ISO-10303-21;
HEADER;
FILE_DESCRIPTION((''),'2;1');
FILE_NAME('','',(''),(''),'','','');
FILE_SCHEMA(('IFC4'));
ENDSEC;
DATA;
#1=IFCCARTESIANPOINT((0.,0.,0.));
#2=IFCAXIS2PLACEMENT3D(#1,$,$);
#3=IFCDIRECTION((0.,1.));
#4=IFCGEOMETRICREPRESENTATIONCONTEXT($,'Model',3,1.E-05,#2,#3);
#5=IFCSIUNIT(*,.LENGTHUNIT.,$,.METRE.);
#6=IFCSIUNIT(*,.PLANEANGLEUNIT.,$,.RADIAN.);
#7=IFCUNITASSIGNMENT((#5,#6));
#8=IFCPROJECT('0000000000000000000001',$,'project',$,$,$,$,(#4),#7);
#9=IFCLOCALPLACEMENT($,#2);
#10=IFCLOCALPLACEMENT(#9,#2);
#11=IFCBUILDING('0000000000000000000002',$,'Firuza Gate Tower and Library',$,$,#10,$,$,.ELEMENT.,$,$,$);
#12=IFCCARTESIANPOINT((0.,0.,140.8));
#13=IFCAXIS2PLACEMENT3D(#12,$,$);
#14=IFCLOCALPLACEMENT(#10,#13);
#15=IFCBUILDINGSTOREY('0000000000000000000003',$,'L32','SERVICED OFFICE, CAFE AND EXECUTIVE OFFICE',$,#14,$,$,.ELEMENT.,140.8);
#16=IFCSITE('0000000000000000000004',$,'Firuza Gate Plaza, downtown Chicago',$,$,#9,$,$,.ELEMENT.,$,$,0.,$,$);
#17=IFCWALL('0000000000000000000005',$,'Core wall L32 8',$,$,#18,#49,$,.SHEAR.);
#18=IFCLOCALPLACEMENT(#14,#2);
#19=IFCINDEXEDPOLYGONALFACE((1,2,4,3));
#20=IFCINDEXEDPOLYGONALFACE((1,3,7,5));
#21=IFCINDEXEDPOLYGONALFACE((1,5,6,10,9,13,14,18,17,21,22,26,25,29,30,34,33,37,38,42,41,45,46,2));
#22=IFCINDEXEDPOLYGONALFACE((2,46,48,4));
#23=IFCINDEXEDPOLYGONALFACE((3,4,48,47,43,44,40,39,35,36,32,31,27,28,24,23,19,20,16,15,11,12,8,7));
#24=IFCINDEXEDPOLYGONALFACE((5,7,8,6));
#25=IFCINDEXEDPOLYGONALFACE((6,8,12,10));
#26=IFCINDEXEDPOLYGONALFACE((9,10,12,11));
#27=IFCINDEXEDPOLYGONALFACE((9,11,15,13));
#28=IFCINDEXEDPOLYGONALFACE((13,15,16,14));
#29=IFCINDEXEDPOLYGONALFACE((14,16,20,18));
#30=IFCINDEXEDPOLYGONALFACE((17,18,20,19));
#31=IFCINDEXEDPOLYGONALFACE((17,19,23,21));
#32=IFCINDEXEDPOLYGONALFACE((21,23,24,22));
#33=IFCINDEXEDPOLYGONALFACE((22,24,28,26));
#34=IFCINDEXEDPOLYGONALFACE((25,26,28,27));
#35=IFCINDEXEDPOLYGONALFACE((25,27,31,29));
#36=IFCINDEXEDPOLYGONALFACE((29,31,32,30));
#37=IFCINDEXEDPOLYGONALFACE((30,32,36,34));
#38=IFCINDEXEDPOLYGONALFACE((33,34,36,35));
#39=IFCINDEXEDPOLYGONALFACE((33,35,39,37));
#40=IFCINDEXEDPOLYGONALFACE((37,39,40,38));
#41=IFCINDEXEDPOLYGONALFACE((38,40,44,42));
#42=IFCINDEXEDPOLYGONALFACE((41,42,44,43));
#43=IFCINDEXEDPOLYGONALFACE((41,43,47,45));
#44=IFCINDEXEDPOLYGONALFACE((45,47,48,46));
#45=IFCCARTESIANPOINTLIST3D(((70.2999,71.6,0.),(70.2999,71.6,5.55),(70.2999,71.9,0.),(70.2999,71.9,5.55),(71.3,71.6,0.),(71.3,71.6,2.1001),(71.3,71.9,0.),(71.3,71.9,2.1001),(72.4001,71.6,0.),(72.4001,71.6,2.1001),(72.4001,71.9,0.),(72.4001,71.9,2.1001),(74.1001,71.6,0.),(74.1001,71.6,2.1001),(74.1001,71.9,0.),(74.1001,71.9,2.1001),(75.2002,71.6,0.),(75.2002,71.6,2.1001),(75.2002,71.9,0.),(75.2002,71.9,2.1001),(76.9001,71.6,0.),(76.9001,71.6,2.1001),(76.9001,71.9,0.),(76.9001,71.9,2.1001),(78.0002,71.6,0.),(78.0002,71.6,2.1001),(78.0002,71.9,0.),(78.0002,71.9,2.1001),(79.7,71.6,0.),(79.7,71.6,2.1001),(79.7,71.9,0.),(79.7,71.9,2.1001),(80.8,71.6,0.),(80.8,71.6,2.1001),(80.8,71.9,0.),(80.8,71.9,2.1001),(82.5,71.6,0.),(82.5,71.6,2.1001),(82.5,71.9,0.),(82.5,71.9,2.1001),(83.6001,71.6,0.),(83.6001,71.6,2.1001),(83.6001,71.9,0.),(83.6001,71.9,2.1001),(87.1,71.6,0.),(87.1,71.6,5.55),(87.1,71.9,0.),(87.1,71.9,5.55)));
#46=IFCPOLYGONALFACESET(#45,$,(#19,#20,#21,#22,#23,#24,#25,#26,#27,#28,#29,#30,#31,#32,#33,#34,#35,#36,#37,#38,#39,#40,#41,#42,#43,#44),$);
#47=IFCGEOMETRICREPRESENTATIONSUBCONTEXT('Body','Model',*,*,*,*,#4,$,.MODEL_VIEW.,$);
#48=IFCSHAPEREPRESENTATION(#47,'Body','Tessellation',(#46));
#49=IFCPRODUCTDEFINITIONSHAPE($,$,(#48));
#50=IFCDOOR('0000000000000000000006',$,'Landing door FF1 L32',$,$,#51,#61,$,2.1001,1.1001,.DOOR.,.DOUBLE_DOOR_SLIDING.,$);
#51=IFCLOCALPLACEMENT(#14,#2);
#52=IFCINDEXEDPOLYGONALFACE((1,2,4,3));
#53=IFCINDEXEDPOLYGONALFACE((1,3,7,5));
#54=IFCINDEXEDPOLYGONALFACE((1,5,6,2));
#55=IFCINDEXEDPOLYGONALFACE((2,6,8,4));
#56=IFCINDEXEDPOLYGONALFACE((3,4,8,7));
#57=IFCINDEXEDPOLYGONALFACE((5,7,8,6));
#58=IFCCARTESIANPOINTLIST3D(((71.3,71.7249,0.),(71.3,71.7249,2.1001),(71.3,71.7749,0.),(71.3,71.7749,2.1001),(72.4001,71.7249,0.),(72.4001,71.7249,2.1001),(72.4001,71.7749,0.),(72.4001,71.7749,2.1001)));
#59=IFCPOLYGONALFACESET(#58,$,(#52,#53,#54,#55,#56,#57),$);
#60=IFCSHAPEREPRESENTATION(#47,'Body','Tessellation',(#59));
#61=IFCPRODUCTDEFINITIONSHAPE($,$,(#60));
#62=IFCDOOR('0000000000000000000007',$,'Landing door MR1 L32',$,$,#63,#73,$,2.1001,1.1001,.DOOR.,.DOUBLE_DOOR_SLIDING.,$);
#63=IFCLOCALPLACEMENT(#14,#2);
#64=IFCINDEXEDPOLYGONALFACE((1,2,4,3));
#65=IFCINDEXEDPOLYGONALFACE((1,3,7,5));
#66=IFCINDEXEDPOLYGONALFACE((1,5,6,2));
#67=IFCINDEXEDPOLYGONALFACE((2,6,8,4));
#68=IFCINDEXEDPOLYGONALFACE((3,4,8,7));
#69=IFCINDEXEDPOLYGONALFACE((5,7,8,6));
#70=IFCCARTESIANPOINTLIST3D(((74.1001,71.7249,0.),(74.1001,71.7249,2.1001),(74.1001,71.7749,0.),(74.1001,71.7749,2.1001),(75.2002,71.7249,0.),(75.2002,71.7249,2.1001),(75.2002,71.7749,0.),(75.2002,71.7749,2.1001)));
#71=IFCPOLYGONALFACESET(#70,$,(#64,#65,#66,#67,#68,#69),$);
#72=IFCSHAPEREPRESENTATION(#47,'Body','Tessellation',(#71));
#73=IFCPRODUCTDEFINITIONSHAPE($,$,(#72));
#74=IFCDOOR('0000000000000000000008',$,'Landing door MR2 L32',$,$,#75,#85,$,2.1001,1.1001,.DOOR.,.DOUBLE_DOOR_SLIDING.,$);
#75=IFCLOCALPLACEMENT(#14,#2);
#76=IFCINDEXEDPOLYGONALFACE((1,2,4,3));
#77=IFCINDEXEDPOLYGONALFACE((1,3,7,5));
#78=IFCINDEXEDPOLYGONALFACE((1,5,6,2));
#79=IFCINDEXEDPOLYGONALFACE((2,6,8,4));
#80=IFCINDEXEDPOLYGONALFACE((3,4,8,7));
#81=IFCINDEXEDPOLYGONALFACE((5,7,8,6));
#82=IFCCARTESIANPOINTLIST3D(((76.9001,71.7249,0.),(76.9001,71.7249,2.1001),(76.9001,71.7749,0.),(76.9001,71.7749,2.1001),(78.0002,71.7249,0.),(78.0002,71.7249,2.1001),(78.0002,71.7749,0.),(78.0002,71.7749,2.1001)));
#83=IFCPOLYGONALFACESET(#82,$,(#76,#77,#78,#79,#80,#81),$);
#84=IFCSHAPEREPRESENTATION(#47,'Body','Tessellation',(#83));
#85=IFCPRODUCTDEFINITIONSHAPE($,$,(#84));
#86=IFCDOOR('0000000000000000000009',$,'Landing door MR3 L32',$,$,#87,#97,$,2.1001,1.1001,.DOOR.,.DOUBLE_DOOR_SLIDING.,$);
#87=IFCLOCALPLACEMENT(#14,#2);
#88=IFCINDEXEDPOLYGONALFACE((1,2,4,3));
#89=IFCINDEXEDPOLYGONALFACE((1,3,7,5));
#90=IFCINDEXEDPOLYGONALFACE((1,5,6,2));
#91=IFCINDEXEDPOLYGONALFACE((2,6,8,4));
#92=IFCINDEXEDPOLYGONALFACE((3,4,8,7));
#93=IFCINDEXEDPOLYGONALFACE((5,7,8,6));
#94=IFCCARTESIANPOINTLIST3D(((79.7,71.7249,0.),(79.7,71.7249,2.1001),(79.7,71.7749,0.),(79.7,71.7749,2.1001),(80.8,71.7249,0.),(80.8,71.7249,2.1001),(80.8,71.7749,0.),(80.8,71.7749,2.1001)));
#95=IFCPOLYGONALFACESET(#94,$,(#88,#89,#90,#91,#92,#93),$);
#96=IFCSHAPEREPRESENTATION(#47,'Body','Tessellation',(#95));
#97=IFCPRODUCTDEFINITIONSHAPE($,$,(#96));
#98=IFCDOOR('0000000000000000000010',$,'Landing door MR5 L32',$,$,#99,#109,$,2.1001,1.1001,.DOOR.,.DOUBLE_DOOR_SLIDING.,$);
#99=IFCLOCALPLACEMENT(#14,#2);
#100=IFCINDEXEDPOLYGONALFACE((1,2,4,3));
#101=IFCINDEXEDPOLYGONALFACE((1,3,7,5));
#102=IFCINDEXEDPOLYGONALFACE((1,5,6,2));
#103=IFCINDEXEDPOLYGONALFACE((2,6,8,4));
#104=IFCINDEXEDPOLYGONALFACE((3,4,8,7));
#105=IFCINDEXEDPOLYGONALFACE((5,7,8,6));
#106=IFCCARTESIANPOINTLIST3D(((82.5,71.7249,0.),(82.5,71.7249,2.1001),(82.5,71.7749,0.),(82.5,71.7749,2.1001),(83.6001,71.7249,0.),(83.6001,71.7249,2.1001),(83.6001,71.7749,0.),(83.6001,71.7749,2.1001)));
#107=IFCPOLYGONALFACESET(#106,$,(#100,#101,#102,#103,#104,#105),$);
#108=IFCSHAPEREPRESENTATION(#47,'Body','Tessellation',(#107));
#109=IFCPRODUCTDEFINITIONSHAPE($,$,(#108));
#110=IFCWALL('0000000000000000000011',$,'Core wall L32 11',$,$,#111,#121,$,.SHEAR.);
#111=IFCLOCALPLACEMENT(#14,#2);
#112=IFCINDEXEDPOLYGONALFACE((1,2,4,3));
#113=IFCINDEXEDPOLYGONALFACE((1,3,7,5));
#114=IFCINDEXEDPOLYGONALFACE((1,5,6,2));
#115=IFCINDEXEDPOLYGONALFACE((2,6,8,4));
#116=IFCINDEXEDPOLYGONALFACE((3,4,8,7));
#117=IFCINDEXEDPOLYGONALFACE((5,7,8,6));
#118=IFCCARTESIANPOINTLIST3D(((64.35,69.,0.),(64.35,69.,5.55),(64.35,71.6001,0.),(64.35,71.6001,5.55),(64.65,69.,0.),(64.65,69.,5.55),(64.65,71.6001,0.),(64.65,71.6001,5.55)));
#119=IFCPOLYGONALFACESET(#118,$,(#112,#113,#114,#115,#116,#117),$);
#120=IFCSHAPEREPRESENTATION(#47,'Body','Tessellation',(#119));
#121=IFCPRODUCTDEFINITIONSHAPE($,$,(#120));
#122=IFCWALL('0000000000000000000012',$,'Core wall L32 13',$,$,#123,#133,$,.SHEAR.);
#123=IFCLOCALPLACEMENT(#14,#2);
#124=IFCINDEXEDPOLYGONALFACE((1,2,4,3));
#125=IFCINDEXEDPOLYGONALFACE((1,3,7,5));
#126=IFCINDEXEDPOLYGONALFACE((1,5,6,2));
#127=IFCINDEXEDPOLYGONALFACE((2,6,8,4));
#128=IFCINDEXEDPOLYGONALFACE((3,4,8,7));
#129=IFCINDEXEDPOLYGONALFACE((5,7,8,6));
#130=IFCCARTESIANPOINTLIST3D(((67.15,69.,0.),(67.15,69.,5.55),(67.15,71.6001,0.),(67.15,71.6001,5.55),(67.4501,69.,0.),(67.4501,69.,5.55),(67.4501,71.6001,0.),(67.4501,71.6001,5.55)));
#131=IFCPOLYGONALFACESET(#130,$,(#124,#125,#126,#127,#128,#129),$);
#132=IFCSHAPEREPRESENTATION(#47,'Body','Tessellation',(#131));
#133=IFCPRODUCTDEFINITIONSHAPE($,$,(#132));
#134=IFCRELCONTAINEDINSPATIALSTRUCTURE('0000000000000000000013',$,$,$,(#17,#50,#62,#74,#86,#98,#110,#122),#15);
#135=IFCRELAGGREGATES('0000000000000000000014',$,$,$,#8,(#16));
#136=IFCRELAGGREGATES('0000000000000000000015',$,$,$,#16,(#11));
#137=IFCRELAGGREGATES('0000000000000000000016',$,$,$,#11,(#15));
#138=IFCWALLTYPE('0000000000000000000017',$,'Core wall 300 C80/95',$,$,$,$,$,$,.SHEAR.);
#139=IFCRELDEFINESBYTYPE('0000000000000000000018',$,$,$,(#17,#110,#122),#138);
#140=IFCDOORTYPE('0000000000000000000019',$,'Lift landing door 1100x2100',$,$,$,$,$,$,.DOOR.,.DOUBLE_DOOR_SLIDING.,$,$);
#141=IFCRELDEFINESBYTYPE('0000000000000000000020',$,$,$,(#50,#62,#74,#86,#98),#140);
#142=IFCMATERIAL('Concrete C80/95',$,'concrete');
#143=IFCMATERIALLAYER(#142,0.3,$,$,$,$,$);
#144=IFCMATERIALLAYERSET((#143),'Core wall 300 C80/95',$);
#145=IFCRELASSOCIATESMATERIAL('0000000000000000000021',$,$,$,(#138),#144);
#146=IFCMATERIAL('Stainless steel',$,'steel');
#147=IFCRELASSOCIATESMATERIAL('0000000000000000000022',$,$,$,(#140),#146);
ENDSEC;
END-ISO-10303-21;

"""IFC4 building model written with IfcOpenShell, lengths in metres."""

from ifc_helpers import new_model, si_unit, direction, frame, frame_2d, origin, place, context, subcontext, project, spatial, rectangle, extrude, material, layer, layer_set, type_object, element, fill, save


model = new_model("IFC4")

# Units and contexts
model_context = context("Model", 3, precision=1e-05, world=origin(), true_north=direction((0.0, 1.0)))
body_context = subcontext(model_context, "Body", "Model", "MODEL_VIEW")
ifc_project = project(units=[si_unit("LENGTHUNIT", "METRE"), si_unit("PLANEANGLEUNIT", "RADIAN")], contexts=[model_context])

# Site, building, storey
site_placement = place(None, origin())
site = spatial("IfcSite", under=ifc_project, at=site_placement, Name="Firuza Gate Plaza, downtown Chicago", CompositionType="ELEMENT", RefElevation=0.0)
building_placement = place(site_placement, origin())
building = spatial("IfcBuilding", under=site, at=building_placement, Name="Firuza Gate Tower and Library", CompositionType="ELEMENT")
storey_placement = place(building_placement, frame((0.0, 0.0, 140.8)))
storey = spatial("IfcBuildingStorey", under=building, at=storey_placement, Name="L32", Description="SERVICED OFFICE, CAFE AND EXECUTIVE OFFICE", CompositionType="ELEMENT", Elevation=140.8)

# Shared definitions
ifc_material_1 = material(Name="Concrete C80/95", Category="concrete")
ifc_layer_1 = layer(ifc_material_1, 0.3)
ifc_layer_set_1 = layer_set([ifc_layer_1], Name="Core wall 300 C80/95")
wall_type_1 = type_object("IfcWallType", Name="Core wall 300 C80/95", PredefinedType="SHEAR", material=ifc_layer_set_1)

# Wall, openings, doors
wall_1_placement = place(storey_placement, frame((70.3, 71.75, 0.0), z_axis=(0.0, 0.0, 1.0), x_axis=(1.0, 0.0, 0.0)))
wall_1 = element("IfcWall", 1, at=wall_1_placement, inside=storey, type_object=wall_type_1, Name="Core wall L32 8", PredefinedType="SHEAR", context=body_context, shape_type="SweptSolid", body=[
    extrude(rectangle(XDim=16.8, YDim=0.3, at=frame_2d((8.3999, 0.0))), origin(), (0.0, 0.0, 1.0), 5.55),
])
opening_1_placement = place(wall_1_placement, frame((1.0, 0.0, 0.0)))
opening_1 = element("IfcOpeningElement", 2, at=opening_1_placement, cuts=wall_1, PredefinedType="OPENING", context=body_context, shape_type="SweptSolid", body=[
    extrude(rectangle(XDim=1.1001, YDim=2.1001, at=frame_2d((0.55, 1.05))), frame((0.0, 0.1602, 0.0), z_axis=(0.0, -1.0, 0.0), x_axis=(1.0, 0.0, 0.0)), (0.0, 0.0, 1.0), 0.3201),
])
opening_2_placement = place(wall_1_placement, frame((3.8, 0.0, 0.0)))
opening_2 = element("IfcOpeningElement", 3, at=opening_2_placement, cuts=wall_1, PredefinedType="OPENING", context=body_context, shape_type="SweptSolid", body=[
    extrude(rectangle(XDim=1.1001, YDim=2.1001, at=frame_2d((0.55, 1.05))), frame((0.0, 0.1602, 0.0), z_axis=(0.0, -1.0, 0.0), x_axis=(1.0, 0.0, 0.0)), (0.0, 0.0, 1.0), 0.3201),
])
opening_3_placement = place(wall_1_placement, frame((6.6001, 0.0, 0.0)))
opening_3 = element("IfcOpeningElement", 4, at=opening_3_placement, cuts=wall_1, PredefinedType="OPENING", context=body_context, shape_type="SweptSolid", body=[
    extrude(rectangle(XDim=1.1001, YDim=2.1001, at=frame_2d((0.55, 1.05))), frame((0.0, 0.1602, 0.0), z_axis=(0.0, -1.0, 0.0), x_axis=(1.0, 0.0, 0.0)), (0.0, 0.0, 1.0), 0.3201),
])
opening_4_placement = place(wall_1_placement, frame((9.3999, 0.0, 0.0)))
opening_4 = element("IfcOpeningElement", 5, at=opening_4_placement, cuts=wall_1, PredefinedType="OPENING", context=body_context, shape_type="SweptSolid", body=[
    extrude(rectangle(XDim=1.1001, YDim=2.1001, at=frame_2d((0.55, 1.05))), frame((0.0, 0.1602, 0.0), z_axis=(0.0, -1.0, 0.0), x_axis=(1.0, 0.0, 0.0)), (0.0, 0.0, 1.0), 0.3201),
])
opening_5_placement = place(wall_1_placement, frame((12.2, 0.0, 0.0)))
opening_5 = element("IfcOpeningElement", 6, at=opening_5_placement, cuts=wall_1, PredefinedType="OPENING", context=body_context, shape_type="SweptSolid", body=[
    extrude(rectangle(XDim=1.1001, YDim=2.1001, at=frame_2d((0.55, 1.05))), frame((0.0, 0.1602, 0.0), z_axis=(0.0, -1.0, 0.0), x_axis=(1.0, 0.0, 0.0)), (0.0, 0.0, 1.0), 0.3201),
])
ifc_material_2 = material(Name="Stainless steel", Category="steel")
door_type_1 = type_object("IfcDoorType", Name="Lift landing door 1100x2100", OperationType="DOUBLE_DOOR_SLIDING", PredefinedType="DOOR", material=ifc_material_2)
door_1_placement = place(opening_1_placement, origin())
door_1 = element("IfcDoor", 7, at=door_1_placement, inside=storey, type_object=door_type_1, Name="Landing door FF1 L32", OperationType="DOUBLE_DOOR_SLIDING", OverallHeight=2.1001, OverallWidth=1.1001, PredefinedType="DOOR", context=body_context, shape_type="SweptSolid", body=[
    extrude(rectangle(XDim=1.1001, YDim=2.1001, at=frame_2d((0.55, 1.05))), frame((0.0, 0.0249, 0.0), z_axis=(0.0, -1.0, 0.0), x_axis=(1.0, 0.0, 0.0)), (0.0, 0.0, 1.0), 0.05),
])
fill(opening_1, door_1)
door_2_placement = place(opening_2_placement, origin())
door_2 = element("IfcDoor", 8, at=door_2_placement, inside=storey, type_object=door_type_1, Name="Landing door MR1 L32", OperationType="DOUBLE_DOOR_SLIDING", OverallHeight=2.1001, OverallWidth=1.1001, PredefinedType="DOOR", context=body_context, shape_type="SweptSolid", body=[
    extrude(rectangle(XDim=1.1001, YDim=2.1001, at=frame_2d((0.55, 1.05))), frame((0.0, 0.0249, 0.0), z_axis=(0.0, -1.0, 0.0), x_axis=(1.0, 0.0, 0.0)), (0.0, 0.0, 1.0), 0.05),
])
fill(opening_2, door_2)
door_3_placement = place(opening_3_placement, origin())
door_3 = element("IfcDoor", 9, at=door_3_placement, inside=storey, type_object=door_type_1, Name="Landing door MR2 L32", OperationType="DOUBLE_DOOR_SLIDING", OverallHeight=2.1001, OverallWidth=1.1001, PredefinedType="DOOR", context=body_context, shape_type="SweptSolid", body=[
    extrude(rectangle(XDim=1.1001, YDim=2.1001, at=frame_2d((0.55, 1.05))), frame((0.0, 0.0249, 0.0), z_axis=(0.0, -1.0, 0.0), x_axis=(1.0, 0.0, 0.0)), (0.0, 0.0, 1.0), 0.05),
])
fill(opening_3, door_3)
door_4_placement = place(opening_4_placement, origin())
door_4 = element("IfcDoor", 10, at=door_4_placement, inside=storey, type_object=door_type_1, Name="Landing door MR3 L32", OperationType="DOUBLE_DOOR_SLIDING", OverallHeight=2.1001, OverallWidth=1.1001, PredefinedType="DOOR", context=body_context, shape_type="SweptSolid", body=[
    extrude(rectangle(XDim=1.1001, YDim=2.1001, at=frame_2d((0.55, 1.05))), frame((0.0, 0.0249, 0.0), z_axis=(0.0, -1.0, 0.0), x_axis=(1.0, 0.0, 0.0)), (0.0, 0.0, 1.0), 0.05),
])
fill(opening_4, door_4)
door_5_placement = place(opening_5_placement, origin())
door_5 = element("IfcDoor", 11, at=door_5_placement, inside=storey, type_object=door_type_1, Name="Landing door MR5 L32", OperationType="DOUBLE_DOOR_SLIDING", OverallHeight=2.1001, OverallWidth=1.1001, PredefinedType="DOOR", context=body_context, shape_type="SweptSolid", body=[
    extrude(rectangle(XDim=1.1001, YDim=2.1001, at=frame_2d((0.55, 1.05))), frame((0.0, 0.0249, 0.0), z_axis=(0.0, -1.0, 0.0), x_axis=(1.0, 0.0, 0.0)), (0.0, 0.0, 1.0), 0.05),
])
fill(opening_5, door_5)

# Walls
for number, where, z_axis, x_axis, name in (
    (12, (64.5, 69.0, 0.0), (0.0, 0.0, 1.0), (0.0, 1.0, 0.0), "Core wall L32 11"),
    (13, (67.3, 69.0, 0.0), (0.0, 0.0, 1.0), (0.0, 1.0, 0.0), "Core wall L32 13"),
):
    element("IfcWall", number, at=place(storey_placement, frame(where, z_axis=z_axis, x_axis=x_axis)), inside=storey, type_object=wall_type_1, Name=name, PredefinedType="SHEAR", context=body_context, shape_type="SweptSolid", body=[
        extrude(rectangle(XDim=2.6001, YDim=0.3, at=frame_2d((1.3, 0.0))), origin(), (0.0, 0.0, 1.0), 5.55),
    ])

save(model, "model.ifc")
